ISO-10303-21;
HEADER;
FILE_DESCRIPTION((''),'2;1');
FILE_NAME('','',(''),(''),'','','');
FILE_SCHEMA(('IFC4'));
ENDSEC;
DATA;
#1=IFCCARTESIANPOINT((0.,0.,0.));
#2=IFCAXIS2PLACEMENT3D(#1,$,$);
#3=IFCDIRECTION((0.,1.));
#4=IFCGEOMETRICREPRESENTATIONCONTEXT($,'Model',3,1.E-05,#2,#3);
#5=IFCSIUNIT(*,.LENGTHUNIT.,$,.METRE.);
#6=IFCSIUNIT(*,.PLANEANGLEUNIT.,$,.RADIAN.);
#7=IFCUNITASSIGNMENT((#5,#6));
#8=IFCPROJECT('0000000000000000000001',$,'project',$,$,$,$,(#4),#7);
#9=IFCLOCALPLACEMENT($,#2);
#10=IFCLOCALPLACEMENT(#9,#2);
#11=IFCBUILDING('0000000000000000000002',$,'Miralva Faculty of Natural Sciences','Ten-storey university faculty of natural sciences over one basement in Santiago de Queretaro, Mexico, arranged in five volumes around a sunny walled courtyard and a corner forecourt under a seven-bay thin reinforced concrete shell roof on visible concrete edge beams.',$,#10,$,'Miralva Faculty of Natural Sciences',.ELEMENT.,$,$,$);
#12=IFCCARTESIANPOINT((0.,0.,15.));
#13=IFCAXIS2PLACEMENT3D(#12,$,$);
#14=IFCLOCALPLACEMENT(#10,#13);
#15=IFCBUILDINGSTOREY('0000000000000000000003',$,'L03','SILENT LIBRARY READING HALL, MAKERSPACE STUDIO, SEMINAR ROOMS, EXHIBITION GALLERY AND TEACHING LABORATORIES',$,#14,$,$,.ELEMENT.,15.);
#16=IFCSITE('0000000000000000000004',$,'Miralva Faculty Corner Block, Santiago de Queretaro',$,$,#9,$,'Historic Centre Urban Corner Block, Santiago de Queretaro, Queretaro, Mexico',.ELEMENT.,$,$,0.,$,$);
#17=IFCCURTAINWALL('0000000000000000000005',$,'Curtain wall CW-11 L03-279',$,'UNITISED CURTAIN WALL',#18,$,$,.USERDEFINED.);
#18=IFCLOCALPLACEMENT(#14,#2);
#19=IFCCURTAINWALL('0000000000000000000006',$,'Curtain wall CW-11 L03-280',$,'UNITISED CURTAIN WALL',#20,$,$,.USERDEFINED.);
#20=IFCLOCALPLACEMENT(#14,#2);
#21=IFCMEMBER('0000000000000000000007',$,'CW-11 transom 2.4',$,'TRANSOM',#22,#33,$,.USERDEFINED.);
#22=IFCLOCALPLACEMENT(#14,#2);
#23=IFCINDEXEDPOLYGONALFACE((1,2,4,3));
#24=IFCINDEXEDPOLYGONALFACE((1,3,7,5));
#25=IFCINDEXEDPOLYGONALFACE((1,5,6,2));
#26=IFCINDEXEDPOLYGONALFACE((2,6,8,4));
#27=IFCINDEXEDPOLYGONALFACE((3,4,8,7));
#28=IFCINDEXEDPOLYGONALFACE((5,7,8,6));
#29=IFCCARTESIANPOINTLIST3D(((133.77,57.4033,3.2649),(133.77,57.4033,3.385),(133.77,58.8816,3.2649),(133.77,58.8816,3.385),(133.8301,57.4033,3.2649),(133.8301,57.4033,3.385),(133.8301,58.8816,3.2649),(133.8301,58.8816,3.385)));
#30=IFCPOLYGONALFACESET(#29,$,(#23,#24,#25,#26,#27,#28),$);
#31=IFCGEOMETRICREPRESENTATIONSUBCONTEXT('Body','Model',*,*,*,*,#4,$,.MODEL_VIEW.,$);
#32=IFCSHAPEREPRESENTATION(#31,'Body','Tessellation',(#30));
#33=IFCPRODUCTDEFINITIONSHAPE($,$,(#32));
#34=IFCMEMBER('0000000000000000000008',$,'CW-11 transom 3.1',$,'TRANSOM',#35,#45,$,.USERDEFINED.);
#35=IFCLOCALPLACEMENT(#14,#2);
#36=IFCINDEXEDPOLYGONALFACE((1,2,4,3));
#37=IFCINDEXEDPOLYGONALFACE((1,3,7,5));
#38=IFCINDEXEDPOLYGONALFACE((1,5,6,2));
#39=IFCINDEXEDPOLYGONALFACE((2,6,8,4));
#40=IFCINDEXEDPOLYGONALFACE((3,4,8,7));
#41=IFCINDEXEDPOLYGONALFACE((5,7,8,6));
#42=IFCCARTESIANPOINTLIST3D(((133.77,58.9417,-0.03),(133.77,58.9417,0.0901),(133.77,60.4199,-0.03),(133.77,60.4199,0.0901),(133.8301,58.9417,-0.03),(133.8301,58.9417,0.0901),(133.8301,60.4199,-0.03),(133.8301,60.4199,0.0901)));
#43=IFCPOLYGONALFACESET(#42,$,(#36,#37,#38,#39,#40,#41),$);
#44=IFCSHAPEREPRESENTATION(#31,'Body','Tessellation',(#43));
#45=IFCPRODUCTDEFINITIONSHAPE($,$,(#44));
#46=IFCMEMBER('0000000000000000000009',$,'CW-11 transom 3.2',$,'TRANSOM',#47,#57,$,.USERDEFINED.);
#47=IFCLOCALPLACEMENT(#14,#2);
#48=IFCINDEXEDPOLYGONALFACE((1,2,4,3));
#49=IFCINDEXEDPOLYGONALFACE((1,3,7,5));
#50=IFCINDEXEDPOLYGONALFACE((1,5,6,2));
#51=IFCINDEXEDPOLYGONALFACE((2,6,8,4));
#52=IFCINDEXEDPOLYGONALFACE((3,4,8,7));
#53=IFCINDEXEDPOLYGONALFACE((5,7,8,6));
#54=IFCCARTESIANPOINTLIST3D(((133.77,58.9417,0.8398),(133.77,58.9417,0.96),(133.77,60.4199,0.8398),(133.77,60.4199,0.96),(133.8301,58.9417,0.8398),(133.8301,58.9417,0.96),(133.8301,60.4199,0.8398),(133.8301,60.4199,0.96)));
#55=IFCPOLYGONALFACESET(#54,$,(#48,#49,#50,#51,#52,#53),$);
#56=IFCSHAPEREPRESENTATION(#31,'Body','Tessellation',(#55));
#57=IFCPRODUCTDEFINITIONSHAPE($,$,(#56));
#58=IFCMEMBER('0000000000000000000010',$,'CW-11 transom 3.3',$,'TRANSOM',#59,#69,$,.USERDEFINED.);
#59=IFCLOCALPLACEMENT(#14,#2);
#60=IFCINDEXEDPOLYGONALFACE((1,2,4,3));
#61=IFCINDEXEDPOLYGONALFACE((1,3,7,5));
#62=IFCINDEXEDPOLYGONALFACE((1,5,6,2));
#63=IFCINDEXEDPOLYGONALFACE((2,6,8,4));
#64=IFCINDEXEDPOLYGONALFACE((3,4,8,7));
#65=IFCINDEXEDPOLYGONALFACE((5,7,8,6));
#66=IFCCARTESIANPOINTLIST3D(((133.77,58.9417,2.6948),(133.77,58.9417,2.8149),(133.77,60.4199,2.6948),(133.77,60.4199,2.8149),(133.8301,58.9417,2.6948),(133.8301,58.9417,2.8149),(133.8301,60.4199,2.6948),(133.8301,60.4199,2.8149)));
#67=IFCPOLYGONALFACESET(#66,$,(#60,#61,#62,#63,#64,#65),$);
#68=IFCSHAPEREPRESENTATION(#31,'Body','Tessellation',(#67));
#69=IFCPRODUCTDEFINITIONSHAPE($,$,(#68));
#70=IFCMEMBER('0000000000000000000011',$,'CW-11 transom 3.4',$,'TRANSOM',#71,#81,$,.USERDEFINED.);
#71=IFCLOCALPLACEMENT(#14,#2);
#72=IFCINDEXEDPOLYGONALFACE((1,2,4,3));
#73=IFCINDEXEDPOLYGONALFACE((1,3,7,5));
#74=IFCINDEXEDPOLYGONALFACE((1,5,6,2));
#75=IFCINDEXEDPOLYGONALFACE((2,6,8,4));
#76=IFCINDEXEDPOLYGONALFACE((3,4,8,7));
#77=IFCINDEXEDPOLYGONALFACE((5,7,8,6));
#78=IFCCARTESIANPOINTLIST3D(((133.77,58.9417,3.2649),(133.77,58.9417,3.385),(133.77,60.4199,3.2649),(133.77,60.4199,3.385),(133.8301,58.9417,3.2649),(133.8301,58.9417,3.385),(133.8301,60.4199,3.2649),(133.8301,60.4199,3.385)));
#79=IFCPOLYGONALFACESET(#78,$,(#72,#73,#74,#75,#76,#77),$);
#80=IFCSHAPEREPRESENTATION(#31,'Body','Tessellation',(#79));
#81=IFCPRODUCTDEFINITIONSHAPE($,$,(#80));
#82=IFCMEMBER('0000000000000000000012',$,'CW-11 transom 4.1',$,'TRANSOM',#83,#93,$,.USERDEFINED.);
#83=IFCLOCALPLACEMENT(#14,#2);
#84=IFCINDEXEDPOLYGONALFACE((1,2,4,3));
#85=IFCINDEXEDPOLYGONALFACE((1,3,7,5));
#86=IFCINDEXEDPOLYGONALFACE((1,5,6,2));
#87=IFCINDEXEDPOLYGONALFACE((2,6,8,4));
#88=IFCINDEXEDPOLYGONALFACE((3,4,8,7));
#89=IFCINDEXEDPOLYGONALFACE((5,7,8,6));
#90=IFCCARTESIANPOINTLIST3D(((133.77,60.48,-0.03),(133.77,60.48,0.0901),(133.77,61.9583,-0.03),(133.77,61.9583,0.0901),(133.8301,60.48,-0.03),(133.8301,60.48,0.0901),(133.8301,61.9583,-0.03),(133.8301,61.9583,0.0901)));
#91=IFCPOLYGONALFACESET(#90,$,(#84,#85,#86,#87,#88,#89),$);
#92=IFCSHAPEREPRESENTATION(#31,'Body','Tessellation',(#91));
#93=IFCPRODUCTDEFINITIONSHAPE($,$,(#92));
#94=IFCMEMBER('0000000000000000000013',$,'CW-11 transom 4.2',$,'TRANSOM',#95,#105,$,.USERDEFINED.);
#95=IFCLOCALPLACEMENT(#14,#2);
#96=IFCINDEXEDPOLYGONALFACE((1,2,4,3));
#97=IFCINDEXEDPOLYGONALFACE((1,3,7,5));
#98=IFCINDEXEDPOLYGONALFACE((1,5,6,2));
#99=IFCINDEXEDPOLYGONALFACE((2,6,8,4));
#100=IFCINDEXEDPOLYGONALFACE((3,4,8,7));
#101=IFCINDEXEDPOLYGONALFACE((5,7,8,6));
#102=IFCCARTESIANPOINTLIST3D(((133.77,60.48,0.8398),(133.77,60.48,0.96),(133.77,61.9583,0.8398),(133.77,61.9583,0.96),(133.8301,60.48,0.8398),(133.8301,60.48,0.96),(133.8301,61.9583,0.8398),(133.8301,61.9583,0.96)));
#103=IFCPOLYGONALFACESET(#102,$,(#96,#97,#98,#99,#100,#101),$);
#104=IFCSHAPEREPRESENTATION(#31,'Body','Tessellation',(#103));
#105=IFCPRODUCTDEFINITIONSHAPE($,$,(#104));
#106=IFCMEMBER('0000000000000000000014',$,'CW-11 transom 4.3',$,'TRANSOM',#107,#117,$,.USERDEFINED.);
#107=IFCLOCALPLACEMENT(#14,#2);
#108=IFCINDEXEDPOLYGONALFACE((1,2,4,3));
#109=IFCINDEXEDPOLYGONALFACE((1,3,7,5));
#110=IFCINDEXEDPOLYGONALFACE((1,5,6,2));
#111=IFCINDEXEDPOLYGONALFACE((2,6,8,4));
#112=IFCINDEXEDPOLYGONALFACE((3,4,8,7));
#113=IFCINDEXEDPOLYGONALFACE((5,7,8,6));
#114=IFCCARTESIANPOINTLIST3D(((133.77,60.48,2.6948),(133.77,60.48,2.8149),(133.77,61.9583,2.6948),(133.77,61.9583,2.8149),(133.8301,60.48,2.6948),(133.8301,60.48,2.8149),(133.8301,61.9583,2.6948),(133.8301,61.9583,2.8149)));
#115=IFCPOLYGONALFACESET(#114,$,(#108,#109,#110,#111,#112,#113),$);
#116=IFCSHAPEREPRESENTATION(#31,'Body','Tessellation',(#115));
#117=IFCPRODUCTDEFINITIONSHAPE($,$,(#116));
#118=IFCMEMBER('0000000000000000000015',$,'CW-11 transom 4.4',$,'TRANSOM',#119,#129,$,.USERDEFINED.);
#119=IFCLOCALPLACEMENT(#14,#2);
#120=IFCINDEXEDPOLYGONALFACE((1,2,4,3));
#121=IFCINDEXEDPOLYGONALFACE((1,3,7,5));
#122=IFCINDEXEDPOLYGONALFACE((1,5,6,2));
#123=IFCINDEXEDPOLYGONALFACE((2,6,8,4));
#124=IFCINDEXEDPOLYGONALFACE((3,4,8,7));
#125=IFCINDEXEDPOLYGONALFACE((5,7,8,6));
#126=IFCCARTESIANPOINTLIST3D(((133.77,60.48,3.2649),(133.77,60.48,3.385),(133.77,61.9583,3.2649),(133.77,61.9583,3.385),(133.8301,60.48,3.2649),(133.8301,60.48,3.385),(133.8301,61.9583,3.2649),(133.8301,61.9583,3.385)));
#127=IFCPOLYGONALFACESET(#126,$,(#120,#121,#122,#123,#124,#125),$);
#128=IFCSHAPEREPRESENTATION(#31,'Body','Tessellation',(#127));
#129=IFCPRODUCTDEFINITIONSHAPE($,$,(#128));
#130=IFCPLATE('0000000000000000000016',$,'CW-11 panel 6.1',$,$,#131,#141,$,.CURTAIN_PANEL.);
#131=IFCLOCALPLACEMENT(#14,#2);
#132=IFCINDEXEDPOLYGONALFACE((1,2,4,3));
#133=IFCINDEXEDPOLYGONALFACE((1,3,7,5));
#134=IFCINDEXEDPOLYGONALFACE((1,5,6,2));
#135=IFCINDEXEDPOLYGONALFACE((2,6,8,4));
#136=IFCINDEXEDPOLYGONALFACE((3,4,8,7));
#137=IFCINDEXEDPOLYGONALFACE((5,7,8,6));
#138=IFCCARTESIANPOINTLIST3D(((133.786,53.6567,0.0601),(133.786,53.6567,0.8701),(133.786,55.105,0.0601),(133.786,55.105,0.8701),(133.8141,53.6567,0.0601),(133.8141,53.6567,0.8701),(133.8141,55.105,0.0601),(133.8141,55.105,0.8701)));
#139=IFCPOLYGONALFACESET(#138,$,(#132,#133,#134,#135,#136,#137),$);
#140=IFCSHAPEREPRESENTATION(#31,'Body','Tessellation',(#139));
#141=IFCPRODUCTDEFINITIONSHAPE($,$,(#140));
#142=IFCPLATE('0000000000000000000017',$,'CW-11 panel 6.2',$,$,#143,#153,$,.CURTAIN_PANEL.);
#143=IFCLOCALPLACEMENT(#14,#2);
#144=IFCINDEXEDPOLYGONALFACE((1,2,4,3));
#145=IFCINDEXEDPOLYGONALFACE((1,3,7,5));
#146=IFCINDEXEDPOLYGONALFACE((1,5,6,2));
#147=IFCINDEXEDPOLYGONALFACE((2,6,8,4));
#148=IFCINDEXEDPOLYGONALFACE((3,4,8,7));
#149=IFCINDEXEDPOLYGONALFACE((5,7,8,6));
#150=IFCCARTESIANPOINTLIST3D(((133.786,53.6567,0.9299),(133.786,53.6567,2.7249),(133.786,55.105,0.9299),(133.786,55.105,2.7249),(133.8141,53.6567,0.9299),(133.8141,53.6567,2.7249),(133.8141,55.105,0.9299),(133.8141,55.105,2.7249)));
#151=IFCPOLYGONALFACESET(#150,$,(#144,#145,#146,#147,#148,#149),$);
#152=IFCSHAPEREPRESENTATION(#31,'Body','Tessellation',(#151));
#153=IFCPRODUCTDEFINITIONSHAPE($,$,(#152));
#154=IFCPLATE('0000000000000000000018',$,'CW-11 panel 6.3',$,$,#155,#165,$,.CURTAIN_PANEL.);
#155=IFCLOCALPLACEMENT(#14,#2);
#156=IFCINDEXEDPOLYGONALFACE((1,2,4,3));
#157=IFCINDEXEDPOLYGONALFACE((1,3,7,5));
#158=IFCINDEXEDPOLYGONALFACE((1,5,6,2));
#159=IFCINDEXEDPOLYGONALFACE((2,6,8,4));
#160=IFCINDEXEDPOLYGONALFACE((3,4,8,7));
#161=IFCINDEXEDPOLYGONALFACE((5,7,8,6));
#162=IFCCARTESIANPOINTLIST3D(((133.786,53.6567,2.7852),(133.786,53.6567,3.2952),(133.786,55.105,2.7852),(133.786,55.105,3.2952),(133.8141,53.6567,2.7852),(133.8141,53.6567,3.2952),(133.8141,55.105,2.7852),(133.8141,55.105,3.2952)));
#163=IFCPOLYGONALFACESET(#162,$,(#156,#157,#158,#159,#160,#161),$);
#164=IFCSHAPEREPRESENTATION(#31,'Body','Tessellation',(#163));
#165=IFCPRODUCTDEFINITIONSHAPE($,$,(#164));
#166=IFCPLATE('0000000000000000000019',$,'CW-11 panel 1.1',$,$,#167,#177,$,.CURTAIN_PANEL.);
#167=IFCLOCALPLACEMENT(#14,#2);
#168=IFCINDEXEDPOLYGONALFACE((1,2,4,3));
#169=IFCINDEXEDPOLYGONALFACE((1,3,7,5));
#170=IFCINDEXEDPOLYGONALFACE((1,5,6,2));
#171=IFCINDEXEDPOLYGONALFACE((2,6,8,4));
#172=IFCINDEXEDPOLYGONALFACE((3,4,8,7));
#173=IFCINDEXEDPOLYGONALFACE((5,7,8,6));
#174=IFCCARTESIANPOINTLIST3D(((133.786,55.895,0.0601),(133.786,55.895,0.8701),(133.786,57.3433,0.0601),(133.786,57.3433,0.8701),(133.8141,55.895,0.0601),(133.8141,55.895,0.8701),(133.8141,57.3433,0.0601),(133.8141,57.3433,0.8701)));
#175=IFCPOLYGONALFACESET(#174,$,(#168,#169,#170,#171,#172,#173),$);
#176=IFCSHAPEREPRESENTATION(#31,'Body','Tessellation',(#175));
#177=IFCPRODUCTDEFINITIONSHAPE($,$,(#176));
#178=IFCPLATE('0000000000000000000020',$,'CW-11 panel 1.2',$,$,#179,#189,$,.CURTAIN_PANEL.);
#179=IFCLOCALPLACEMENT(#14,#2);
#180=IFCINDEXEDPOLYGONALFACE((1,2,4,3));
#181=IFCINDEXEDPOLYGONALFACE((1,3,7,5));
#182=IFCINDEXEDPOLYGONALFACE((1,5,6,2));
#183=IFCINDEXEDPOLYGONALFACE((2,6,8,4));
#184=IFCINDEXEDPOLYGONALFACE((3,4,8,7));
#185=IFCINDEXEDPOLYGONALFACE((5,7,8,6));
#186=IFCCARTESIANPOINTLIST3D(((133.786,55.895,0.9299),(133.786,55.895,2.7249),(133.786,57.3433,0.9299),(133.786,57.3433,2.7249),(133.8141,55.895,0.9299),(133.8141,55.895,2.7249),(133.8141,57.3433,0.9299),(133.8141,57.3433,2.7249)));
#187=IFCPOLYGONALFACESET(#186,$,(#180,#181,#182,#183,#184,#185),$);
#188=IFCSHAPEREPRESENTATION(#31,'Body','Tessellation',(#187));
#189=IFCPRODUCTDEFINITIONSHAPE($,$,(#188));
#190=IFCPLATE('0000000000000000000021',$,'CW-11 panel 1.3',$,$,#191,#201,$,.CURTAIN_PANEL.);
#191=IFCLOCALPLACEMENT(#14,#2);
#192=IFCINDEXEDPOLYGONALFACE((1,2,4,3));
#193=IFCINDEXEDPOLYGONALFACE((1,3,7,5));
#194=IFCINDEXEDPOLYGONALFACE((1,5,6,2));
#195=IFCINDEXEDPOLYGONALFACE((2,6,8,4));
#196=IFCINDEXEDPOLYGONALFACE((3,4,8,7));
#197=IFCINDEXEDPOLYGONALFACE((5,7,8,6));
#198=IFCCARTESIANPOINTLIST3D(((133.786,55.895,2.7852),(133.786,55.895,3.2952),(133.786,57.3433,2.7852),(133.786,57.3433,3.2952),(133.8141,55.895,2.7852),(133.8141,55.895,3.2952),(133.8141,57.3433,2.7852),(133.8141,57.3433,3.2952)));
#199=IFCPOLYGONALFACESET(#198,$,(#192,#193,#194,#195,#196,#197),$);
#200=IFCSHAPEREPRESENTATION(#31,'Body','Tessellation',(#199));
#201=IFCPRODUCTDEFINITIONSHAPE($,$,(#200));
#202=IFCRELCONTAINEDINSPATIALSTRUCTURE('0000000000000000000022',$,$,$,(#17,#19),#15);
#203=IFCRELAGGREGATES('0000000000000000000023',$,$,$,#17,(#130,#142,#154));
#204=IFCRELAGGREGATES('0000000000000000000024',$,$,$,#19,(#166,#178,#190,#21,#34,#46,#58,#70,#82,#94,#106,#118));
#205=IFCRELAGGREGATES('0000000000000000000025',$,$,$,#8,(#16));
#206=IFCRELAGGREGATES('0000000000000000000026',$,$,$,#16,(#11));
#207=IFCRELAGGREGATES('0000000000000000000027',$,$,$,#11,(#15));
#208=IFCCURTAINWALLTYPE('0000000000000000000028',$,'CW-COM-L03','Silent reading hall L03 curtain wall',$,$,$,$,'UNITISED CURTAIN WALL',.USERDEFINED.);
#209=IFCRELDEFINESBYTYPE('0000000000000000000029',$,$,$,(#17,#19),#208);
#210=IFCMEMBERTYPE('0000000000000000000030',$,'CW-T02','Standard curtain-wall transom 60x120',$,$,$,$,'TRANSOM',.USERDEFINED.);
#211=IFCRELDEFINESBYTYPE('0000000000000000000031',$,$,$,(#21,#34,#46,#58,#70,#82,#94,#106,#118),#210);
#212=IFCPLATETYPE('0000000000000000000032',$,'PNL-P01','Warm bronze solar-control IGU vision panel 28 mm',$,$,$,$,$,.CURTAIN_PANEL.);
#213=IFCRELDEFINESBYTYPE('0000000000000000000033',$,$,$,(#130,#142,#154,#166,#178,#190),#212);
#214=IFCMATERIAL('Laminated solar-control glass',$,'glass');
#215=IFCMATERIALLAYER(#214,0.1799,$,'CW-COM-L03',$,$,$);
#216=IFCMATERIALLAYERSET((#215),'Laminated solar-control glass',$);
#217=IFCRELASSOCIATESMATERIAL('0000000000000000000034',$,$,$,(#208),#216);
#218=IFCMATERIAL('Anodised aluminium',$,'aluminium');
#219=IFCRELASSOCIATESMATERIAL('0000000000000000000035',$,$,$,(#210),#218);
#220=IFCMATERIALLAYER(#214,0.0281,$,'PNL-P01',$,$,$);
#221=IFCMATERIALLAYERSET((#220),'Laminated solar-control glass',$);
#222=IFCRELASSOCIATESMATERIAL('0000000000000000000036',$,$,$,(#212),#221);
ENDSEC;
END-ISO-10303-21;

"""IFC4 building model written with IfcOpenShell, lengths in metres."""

from ifc_helpers import new_model, si_unit, direction, frame, origin, origin_2d, place, context, subcontext, project, spatial, rectangle, extrude, material, layer, layer_set, material_profile, profile_set, type_object, element, aggregate, save


model = new_model("IFC4")

# Units and contexts
model_context = context("Model", 3, precision=1e-05, world=origin(), true_north=direction((0.0, 1.0)))
body_context = subcontext(model_context, "Body", "Model", "MODEL_VIEW")
ifc_project = project(units=[si_unit("LENGTHUNIT", "METRE"), si_unit("PLANEANGLEUNIT", "RADIAN")], contexts=[model_context])

# Site, building, storey
site_placement = place(None, origin())
site = spatial("IfcSite", under=ifc_project, at=site_placement, Name="Miralva Faculty Corner Block, Santiago de Queretaro", LongName="Historic Centre Urban Corner Block, Santiago de Queretaro, Queretaro, Mexico", CompositionType="ELEMENT", RefElevation=0.0)
building_placement = place(site_placement, origin())
building = spatial("IfcBuilding", under=site, at=building_placement, Name="Miralva Faculty of Natural Sciences", Description="Ten-storey university faculty of natural sciences over one basement in Santiago de Queretaro, Mexico, arranged in five volumes around a sunny walled courtyard and a corner forecourt under a seven-bay thin reinforced concrete shell roof on visible concrete edge beams.", LongName="Miralva Faculty of Natural Sciences", CompositionType="ELEMENT")
storey_placement = place(building_placement, frame((0.0, 0.0, 15.0)))
storey = spatial("IfcBuildingStorey", under=building, at=storey_placement, Name="L03", Description="SILENT LIBRARY READING HALL, MAKERSPACE STUDIO, SEMINAR ROOMS, EXHIBITION GALLERY AND TEACHING LABORATORIES", CompositionType="ELEMENT", Elevation=15.0)

# Curtain wall
ifc_material_1 = material(Name="Laminated solar-control glass", Category="glass")
ifc_layer_1 = layer(ifc_material_1, 0.1799, Name="CW-COM-L03")
ifc_layer_set_1 = layer_set([ifc_layer_1], Name="Laminated solar-control glass")
curtain_wall_type = type_object("IfcCurtainWallType", Name="CW-COM-L03", Description="Silent reading hall L03 curtain wall", ElementType="UNITISED CURTAIN WALL", PredefinedType="USERDEFINED", material=ifc_layer_set_1)
curtain_wall_1_placement = place(storey_placement, origin())
curtain_wall_1 = element("IfcCurtainWall", 1, at=curtain_wall_1_placement, inside=storey, type_object=curtain_wall_type, Name="Curtain wall CW-11 L03-279", ObjectType="UNITISED CURTAIN WALL", PredefinedType="USERDEFINED")
ifc_material_2 = material(Name="Anodised aluminium", Category="aluminium")

# Curtain wall, members
curtain_wall_2_placement = place(storey_placement, origin())
curtain_wall_2 = element("IfcCurtainWall", 2, at=curtain_wall_2_placement, inside=storey, type_object=curtain_wall_type, Name="Curtain wall CW-11 L03-280", ObjectType="UNITISED CURTAIN WALL", PredefinedType="USERDEFINED")
ifc_material_profile_1 = material_profile(ifc_material_2, rectangle(XDim=0.0601, YDim=0.1201, at=origin_2d()), Name="TRANSOM 60x120")
ifc_profile_set_1 = profile_set([ifc_material_profile_1], Name="Anodised aluminium")
member_type_1 = type_object("IfcMemberType", Name="CW-T02", Description="Standard curtain-wall transom 60x120", ElementType="TRANSOM", PredefinedType="USERDEFINED", material=ifc_profile_set_1)
member_1_placement = place(storey_placement, frame((133.8, 57.4033, 3.325), z_axis=(0.0, 1.0, 0.0), x_axis=(-1.0, 0.0, 0.0)))
member_1 = element("IfcMember", 3, at=member_1_placement, type_object=member_type_1, Name="CW-11 transom 2.4", ObjectType="TRANSOM", PredefinedType="USERDEFINED", context=body_context, shape_type="SweptSolid", body=[
    extrude(rectangle(XDim=0.0601, YDim=0.1201, at=origin_2d()), origin(), (0.0, 0.0, 1.0), 1.4783),
])
member_2_placement = place(storey_placement, frame((133.8, 58.9417, 0.03), z_axis=(0.0, 1.0, 0.0), x_axis=(-1.0, 0.0, 0.0)))
member_2 = element("IfcMember", 4, at=member_2_placement, type_object=member_type_1, Name="CW-11 transom 3.1", ObjectType="TRANSOM", PredefinedType="USERDEFINED", context=body_context, shape_type="SweptSolid", body=[
    extrude(rectangle(XDim=0.0601, YDim=0.1201, at=origin_2d()), origin(), (0.0, 0.0, 1.0), 1.4783),
])
member_3_placement = place(storey_placement, frame((133.8, 58.9417, 0.8999), z_axis=(0.0, 1.0, 0.0), x_axis=(-1.0, 0.0, 0.0)))
member_3 = element("IfcMember", 5, at=member_3_placement, type_object=member_type_1, Name="CW-11 transom 3.2", ObjectType="TRANSOM", PredefinedType="USERDEFINED", context=body_context, shape_type="SweptSolid", body=[
    extrude(rectangle(XDim=0.0601, YDim=0.1201, at=origin_2d()), origin(), (0.0, 0.0, 1.0), 1.4783),
])
member_4_placement = place(storey_placement, frame((133.8, 58.9417, 2.7549), z_axis=(0.0, 1.0, 0.0), x_axis=(-1.0, 0.0, 0.0)))
member_4 = element("IfcMember", 6, at=member_4_placement, type_object=member_type_1, Name="CW-11 transom 3.3", ObjectType="TRANSOM", PredefinedType="USERDEFINED", context=body_context, shape_type="SweptSolid", body=[
    extrude(rectangle(XDim=0.0601, YDim=0.1201, at=origin_2d()), origin(), (0.0, 0.0, 1.0), 1.4783),
])
member_5_placement = place(storey_placement, frame((133.8, 58.9417, 3.325), z_axis=(0.0, 1.0, 0.0), x_axis=(-1.0, 0.0, 0.0)))
member_5 = element("IfcMember", 7, at=member_5_placement, type_object=member_type_1, Name="CW-11 transom 3.4", ObjectType="TRANSOM", PredefinedType="USERDEFINED", context=body_context, shape_type="SweptSolid", body=[
    extrude(rectangle(XDim=0.0601, YDim=0.1201, at=origin_2d()), origin(), (0.0, 0.0, 1.0), 1.4783),
])
member_6_placement = place(storey_placement, frame((133.8, 60.48, 0.03), z_axis=(0.0, 1.0, 0.0), x_axis=(-1.0, 0.0, 0.0)))
member_6 = element("IfcMember", 8, at=member_6_placement, type_object=member_type_1, Name="CW-11 transom 4.1", ObjectType="TRANSOM", PredefinedType="USERDEFINED", context=body_context, shape_type="SweptSolid", body=[
    extrude(rectangle(XDim=0.0601, YDim=0.1201, at=origin_2d()), origin(), (0.0, 0.0, 1.0), 1.4783),
])
member_7_placement = place(storey_placement, frame((133.8, 60.48, 0.8999), z_axis=(0.0, 1.0, 0.0), x_axis=(-1.0, 0.0, 0.0)))
member_7 = element("IfcMember", 9, at=member_7_placement, type_object=member_type_1, Name="CW-11 transom 4.2", ObjectType="TRANSOM", PredefinedType="USERDEFINED", context=body_context, shape_type="SweptSolid", body=[
    extrude(rectangle(XDim=0.0601, YDim=0.1201, at=origin_2d()), origin(), (0.0, 0.0, 1.0), 1.4783),
])
member_8_placement = place(storey_placement, frame((133.8, 60.48, 2.7549), z_axis=(0.0, 1.0, 0.0), x_axis=(-1.0, 0.0, 0.0)))
member_8 = element("IfcMember", 10, at=member_8_placement, type_object=member_type_1, Name="CW-11 transom 4.3", ObjectType="TRANSOM", PredefinedType="USERDEFINED", context=body_context, shape_type="SweptSolid", body=[
    extrude(rectangle(XDim=0.0601, YDim=0.1201, at=origin_2d()), origin(), (0.0, 0.0, 1.0), 1.4783),
])
member_9_placement = place(storey_placement, frame((133.8, 60.48, 3.325), z_axis=(0.0, 1.0, 0.0), x_axis=(-1.0, 0.0, 0.0)))
member_9 = element("IfcMember", 11, at=member_9_placement, type_object=member_type_1, Name="CW-11 transom 4.4", ObjectType="TRANSOM", PredefinedType="USERDEFINED", context=body_context, shape_type="SweptSolid", body=[
    extrude(rectangle(XDim=0.0601, YDim=0.1201, at=origin_2d()), origin(), (0.0, 0.0, 1.0), 1.4783),
])

# Plates
ifc_layer_2 = layer(ifc_material_1, 0.0281, Name="PNL-P01")
ifc_layer_set_2 = layer_set([ifc_layer_2], Name="Laminated solar-control glass")
plate_type = type_object("IfcPlateType", Name="PNL-P01", Description="Warm bronze solar-control IGU vision panel 28 mm", PredefinedType="CURTAIN_PANEL", material=ifc_layer_set_2)
plate_1_placement = place(storey_placement, frame((133.8, 54.3809, 0.0601), z_axis=(0.0, 0.0, 1.0), x_axis=(0.0, 1.0, 0.0)))
plate_1 = element("IfcPlate", 12, at=plate_1_placement, type_object=plate_type, Name="CW-11 panel 6.1", PredefinedType="CURTAIN_PANEL", context=body_context, shape_type="SweptSolid", body=[
    extrude(rectangle(XDim=1.4482, YDim=0.0281, at=origin_2d()), origin(), (0.0, 0.0, 1.0), 0.8101),
])
plate_2_placement = place(storey_placement, frame((133.8, 54.3809, 0.9299), z_axis=(0.0, 0.0, 1.0), x_axis=(0.0, 1.0, 0.0)))
plate_2 = element("IfcPlate", 13, at=plate_2_placement, type_object=plate_type, Name="CW-11 panel 6.2", PredefinedType="CURTAIN_PANEL", context=body_context, shape_type="SweptSolid", body=[
    extrude(rectangle(XDim=1.4482, YDim=0.0281, at=origin_2d()), origin(), (0.0, 0.0, 1.0), 1.7949),
])
plate_3_placement = place(storey_placement, frame((133.8, 54.3809, 2.7852), z_axis=(0.0, 0.0, 1.0), x_axis=(0.0, 1.0, 0.0)))
plate_3 = element("IfcPlate", 14, at=plate_3_placement, type_object=plate_type, Name="CW-11 panel 6.3", PredefinedType="CURTAIN_PANEL", context=body_context, shape_type="SweptSolid", body=[
    extrude(rectangle(XDim=1.4482, YDim=0.0281, at=origin_2d()), origin(), (0.0, 0.0, 1.0), 0.51),
])
aggregate(curtain_wall_1, [plate_1, plate_2, plate_3])
plate_4_placement = place(storey_placement, frame((133.8, 56.6191, 0.0601), z_axis=(0.0, 0.0, 1.0), x_axis=(0.0, 1.0, 0.0)))
plate_4 = element("IfcPlate", 15, at=plate_4_placement, type_object=plate_type, Name="CW-11 panel 1.1", PredefinedType="CURTAIN_PANEL", context=body_context, shape_type="SweptSolid", body=[
    extrude(rectangle(XDim=1.4482, YDim=0.0281, at=origin_2d()), origin(), (0.0, 0.0, 1.0), 0.8101),
])
plate_5_placement = place(storey_placement, frame((133.8, 56.6191, 0.9299), z_axis=(0.0, 0.0, 1.0), x_axis=(0.0, 1.0, 0.0)))
plate_5 = element("IfcPlate", 16, at=plate_5_placement, type_object=plate_type, Name="CW-11 panel 1.2", PredefinedType="CURTAIN_PANEL", context=body_context, shape_type="SweptSolid", body=[
    extrude(rectangle(XDim=1.4482, YDim=0.0281, at=origin_2d()), origin(), (0.0, 0.0, 1.0), 1.7949),
])
plate_6_placement = place(storey_placement, frame((133.8, 56.6191, 2.7852), z_axis=(0.0, 0.0, 1.0), x_axis=(0.0, 1.0, 0.0)))
plate_6 = element("IfcPlate", 17, at=plate_6_placement, type_object=plate_type, Name="CW-11 panel 1.3", PredefinedType="CURTAIN_PANEL", context=body_context, shape_type="SweptSolid", body=[
    extrude(rectangle(XDim=1.4482, YDim=0.0281, at=origin_2d()), origin(), (0.0, 0.0, 1.0), 0.51),
])
aggregate(curtain_wall_2, [plate_4, plate_5, plate_6, member_1, member_2, member_3, member_4, member_5, member_6, member_7, member_8, member_9])

save(model, "model.ifc")
